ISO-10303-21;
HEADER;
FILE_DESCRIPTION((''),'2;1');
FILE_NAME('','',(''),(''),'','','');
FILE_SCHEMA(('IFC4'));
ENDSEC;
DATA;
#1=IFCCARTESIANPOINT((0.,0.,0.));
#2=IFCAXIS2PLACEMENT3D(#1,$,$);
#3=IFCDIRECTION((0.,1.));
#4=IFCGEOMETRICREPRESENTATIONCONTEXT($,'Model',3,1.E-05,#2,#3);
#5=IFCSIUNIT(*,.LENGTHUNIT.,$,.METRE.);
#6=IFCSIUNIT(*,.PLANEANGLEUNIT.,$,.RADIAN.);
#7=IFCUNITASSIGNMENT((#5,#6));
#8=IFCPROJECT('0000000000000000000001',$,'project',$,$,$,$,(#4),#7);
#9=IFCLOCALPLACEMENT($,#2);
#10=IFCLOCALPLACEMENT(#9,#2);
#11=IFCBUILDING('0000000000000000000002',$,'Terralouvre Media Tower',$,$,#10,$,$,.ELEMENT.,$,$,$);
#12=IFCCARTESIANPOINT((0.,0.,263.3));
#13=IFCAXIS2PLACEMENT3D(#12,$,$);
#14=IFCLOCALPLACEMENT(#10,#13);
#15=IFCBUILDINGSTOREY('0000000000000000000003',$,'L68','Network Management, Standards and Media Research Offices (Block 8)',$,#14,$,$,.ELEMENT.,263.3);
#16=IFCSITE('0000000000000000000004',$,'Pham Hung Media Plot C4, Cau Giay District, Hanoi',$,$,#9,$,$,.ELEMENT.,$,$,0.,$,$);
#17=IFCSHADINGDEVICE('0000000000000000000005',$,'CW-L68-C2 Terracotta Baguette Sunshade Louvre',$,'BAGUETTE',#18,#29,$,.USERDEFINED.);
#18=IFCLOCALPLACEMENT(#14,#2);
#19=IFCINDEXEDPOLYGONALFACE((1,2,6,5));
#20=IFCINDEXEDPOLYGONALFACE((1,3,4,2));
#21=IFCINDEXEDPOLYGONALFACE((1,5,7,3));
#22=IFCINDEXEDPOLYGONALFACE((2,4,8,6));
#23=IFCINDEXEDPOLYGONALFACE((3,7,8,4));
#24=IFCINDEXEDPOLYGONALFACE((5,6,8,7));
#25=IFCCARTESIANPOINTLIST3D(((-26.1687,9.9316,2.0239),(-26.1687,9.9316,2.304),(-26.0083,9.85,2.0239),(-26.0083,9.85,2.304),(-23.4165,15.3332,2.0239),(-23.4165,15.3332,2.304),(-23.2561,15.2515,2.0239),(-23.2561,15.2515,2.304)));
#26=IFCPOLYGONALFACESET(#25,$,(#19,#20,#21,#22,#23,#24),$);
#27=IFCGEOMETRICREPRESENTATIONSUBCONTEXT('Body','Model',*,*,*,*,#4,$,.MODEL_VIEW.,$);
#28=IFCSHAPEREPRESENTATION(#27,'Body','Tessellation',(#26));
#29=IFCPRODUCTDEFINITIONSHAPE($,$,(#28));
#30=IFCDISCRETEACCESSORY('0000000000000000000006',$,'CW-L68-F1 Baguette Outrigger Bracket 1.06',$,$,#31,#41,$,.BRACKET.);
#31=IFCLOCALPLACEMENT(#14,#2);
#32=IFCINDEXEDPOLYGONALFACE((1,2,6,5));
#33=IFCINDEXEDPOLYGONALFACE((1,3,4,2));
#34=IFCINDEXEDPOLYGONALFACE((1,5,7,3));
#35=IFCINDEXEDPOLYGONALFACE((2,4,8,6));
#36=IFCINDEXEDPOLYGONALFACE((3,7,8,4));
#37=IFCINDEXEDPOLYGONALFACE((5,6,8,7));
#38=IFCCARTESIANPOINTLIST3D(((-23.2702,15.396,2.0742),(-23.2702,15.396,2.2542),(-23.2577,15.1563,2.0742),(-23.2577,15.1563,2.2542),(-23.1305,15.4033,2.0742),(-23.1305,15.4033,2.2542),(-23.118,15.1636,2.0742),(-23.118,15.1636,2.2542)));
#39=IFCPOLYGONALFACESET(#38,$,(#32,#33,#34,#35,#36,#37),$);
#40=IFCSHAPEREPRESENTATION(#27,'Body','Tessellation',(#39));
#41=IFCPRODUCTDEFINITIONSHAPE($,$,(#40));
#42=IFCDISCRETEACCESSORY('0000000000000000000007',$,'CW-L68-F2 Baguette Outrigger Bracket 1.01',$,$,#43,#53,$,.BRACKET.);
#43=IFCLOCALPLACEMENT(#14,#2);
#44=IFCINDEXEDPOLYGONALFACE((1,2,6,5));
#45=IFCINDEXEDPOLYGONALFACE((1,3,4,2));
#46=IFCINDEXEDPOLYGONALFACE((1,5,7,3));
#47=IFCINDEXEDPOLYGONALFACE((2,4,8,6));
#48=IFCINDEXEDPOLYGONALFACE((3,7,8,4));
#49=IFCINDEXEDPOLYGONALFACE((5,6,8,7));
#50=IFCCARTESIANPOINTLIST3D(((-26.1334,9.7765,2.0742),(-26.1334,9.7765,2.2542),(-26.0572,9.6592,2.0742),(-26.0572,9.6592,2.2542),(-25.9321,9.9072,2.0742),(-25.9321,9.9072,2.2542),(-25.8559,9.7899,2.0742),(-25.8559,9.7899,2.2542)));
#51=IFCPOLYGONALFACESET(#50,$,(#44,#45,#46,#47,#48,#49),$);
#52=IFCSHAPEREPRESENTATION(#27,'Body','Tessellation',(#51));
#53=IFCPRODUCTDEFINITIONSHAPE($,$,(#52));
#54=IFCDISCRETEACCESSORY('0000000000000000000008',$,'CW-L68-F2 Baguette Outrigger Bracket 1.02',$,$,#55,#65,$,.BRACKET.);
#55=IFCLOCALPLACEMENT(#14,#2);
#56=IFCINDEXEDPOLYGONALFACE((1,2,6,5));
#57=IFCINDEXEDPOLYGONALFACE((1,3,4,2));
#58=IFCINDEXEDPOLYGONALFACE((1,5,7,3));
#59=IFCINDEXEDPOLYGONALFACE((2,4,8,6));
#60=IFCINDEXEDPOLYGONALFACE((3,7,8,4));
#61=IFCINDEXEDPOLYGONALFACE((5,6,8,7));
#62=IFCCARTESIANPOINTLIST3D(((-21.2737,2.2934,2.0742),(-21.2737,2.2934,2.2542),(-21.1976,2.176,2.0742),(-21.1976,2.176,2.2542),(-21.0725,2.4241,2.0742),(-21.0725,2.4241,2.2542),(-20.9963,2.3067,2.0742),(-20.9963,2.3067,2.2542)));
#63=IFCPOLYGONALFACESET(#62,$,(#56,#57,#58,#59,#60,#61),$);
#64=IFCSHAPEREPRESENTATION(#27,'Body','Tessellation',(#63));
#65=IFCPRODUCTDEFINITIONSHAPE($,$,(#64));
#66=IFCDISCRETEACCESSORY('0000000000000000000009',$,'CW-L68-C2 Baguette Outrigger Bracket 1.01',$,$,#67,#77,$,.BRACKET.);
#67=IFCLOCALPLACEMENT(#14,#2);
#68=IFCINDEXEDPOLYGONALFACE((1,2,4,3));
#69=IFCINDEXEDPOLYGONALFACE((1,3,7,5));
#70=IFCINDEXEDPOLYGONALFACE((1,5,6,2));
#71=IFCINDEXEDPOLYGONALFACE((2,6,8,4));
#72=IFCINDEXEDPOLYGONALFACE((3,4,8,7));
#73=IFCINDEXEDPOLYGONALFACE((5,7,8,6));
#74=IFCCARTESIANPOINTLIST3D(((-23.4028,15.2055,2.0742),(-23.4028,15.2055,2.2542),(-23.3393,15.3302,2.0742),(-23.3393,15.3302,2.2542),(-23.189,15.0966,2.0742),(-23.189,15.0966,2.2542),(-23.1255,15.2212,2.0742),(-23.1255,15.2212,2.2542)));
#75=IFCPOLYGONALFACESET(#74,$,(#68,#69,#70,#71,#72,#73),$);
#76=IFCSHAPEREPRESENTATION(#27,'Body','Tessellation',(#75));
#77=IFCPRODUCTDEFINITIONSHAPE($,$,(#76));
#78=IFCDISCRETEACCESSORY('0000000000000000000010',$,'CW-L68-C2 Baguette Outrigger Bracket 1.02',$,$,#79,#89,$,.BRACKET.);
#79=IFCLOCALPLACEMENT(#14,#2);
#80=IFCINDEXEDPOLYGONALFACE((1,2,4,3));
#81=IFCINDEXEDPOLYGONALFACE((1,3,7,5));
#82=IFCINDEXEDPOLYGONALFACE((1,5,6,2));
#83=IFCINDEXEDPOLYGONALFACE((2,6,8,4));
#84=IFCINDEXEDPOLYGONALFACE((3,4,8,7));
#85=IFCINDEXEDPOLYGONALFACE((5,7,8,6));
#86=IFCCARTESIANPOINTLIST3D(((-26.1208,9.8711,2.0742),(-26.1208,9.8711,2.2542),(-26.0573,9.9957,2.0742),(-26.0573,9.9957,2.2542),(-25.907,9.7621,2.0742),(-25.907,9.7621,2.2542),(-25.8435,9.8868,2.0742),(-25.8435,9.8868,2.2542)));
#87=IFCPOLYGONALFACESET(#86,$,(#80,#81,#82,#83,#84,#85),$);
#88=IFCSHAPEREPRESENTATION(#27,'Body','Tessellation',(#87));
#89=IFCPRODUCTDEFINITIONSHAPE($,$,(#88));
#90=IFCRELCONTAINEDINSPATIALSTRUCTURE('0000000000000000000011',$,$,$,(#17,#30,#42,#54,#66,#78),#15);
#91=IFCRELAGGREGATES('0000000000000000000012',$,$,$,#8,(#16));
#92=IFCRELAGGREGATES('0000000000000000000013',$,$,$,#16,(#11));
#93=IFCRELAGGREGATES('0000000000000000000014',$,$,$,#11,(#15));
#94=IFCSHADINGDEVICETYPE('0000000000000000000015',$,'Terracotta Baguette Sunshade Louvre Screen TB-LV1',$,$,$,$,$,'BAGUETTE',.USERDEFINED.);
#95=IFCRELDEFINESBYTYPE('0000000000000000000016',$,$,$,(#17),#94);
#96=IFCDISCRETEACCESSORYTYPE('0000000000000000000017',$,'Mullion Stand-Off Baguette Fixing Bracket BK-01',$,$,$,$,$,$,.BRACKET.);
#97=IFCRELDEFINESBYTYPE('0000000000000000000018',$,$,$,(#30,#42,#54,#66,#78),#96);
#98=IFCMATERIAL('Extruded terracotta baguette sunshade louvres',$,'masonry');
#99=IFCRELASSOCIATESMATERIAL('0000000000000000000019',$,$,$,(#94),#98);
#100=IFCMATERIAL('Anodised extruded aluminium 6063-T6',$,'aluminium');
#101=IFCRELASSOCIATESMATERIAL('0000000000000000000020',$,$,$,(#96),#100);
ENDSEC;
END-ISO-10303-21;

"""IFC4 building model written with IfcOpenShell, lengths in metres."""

from ifc_helpers import new_model, si_unit, direction, frame, origin, origin_2d, place, context, subcontext, project, spatial, rectangle, extrude, material, type_object, element, save


model = new_model("IFC4")

# Units and contexts
model_context = context("Model", 3, precision=1e-05, world=origin(), true_north=direction((0.0, 1.0)))
body_context = subcontext(model_context, "Body", "Model", "MODEL_VIEW")
ifc_project = project(units=[si_unit("LENGTHUNIT", "METRE"), si_unit("PLANEANGLEUNIT", "RADIAN")], contexts=[model_context])

# Site, building, storey
site_placement = place(None, origin())
site = spatial("IfcSite", under=ifc_project, at=site_placement, Name="Pham Hung Media Plot C4, Cau Giay District, Hanoi", CompositionType="ELEMENT", RefElevation=0.0)
building_placement = place(site_placement, origin())
building = spatial("IfcBuilding", under=site, at=building_placement, Name="Terralouvre Media Tower", CompositionType="ELEMENT")
storey_placement = place(building_placement, frame((0.0, 0.0, 263.3)))
storey = spatial("IfcBuildingStorey", under=building, at=storey_placement, Name="L68", Description="Network Management, Standards and Media Research Offices (Block 8)", CompositionType="ELEMENT", Elevation=263.3)

# Shading device
ifc_material_1 = material(Name="Extruded terracotta baguette sunshade louvres", Category="masonry")
shading_device_type = type_object("IfcShadingDeviceType", Name="Terracotta Baguette Sunshade Louvre Screen TB-LV1", ElementType="BAGUETTE", PredefinedType="USERDEFINED", material=ifc_material_1)
shading_device_placement = place(storey_placement, frame((-24.7124, 12.5916, 2.0239), z_axis=(0.0, 0.0, 1.0), x_axis=(-0.45399, -0.891007, 0.0)))
element("IfcShadingDevice", 1, at=shading_device_placement, inside=storey, type_object=shading_device_type, Name="CW-L68-C2 Terracotta Baguette Sunshade Louvre", ObjectType="BAGUETTE", PredefinedType="USERDEFINED", context=body_context, shape_type="SweptSolid", body=[
    extrude(rectangle(XDim=6.0623, YDim=0.1799, at=origin_2d()), origin(), (0.0, 0.0, 1.0), 0.28),
])

# Discrete accessories
ifc_material_2 = material(Name="Anodised extruded aluminium 6063-T6", Category="aluminium")
discrete_accessory_type = type_object("IfcDiscreteAccessoryType", Name="Mullion Stand-Off Baguette Fixing Bracket BK-01", PredefinedType="BRACKET", material=ifc_material_2)
for number, where, z_axis, x_axis, name in (
    (2, (-23.1941, 15.2798, 2.0742), (0.0, 0.0, 1.0), (-0.99863, -0.052336, 0.0), "CW-L68-F1 Baguette Outrigger Bracket 1.06"),
    (3, (-25.9946, 9.7832, 2.0742), (0.0, 0.0, 1.0), (0.544639, -0.838671, 0.0), "CW-L68-F2 Baguette Outrigger Bracket 1.01"),
    (4, (-21.135, 2.3, 2.0742), (0.0, 0.0, 1.0), (0.544639, -0.838671, 0.0), "CW-L68-F2 Baguette Outrigger Bracket 1.02"),
    (5, (-23.2642, 15.2134, 2.0742), (0.0, 0.0, 1.0), (-0.45399, -0.891007, 0.0), "CW-L68-C2 Baguette Outrigger Bracket 1.01"),
    (6, (-25.9822, 9.8789, 2.0742), (0.0, 0.0, 1.0), (-0.45399, -0.891007, 0.0), "CW-L68-C2 Baguette Outrigger Bracket 1.02"),
):
    element("IfcDiscreteAccessory", number, at=place(storey_placement, frame(where, z_axis=z_axis, x_axis=x_axis)), inside=storey, type_object=discrete_accessory_type, Name=name, PredefinedType="BRACKET", context=body_context, shape_type="SweptSolid", body=[
        extrude(rectangle(XDim=0.1399, YDim=0.24, at=origin_2d()), origin(), (0.0, 0.0, 1.0), 0.1799),
    ])

save(model, "model.ifc")
